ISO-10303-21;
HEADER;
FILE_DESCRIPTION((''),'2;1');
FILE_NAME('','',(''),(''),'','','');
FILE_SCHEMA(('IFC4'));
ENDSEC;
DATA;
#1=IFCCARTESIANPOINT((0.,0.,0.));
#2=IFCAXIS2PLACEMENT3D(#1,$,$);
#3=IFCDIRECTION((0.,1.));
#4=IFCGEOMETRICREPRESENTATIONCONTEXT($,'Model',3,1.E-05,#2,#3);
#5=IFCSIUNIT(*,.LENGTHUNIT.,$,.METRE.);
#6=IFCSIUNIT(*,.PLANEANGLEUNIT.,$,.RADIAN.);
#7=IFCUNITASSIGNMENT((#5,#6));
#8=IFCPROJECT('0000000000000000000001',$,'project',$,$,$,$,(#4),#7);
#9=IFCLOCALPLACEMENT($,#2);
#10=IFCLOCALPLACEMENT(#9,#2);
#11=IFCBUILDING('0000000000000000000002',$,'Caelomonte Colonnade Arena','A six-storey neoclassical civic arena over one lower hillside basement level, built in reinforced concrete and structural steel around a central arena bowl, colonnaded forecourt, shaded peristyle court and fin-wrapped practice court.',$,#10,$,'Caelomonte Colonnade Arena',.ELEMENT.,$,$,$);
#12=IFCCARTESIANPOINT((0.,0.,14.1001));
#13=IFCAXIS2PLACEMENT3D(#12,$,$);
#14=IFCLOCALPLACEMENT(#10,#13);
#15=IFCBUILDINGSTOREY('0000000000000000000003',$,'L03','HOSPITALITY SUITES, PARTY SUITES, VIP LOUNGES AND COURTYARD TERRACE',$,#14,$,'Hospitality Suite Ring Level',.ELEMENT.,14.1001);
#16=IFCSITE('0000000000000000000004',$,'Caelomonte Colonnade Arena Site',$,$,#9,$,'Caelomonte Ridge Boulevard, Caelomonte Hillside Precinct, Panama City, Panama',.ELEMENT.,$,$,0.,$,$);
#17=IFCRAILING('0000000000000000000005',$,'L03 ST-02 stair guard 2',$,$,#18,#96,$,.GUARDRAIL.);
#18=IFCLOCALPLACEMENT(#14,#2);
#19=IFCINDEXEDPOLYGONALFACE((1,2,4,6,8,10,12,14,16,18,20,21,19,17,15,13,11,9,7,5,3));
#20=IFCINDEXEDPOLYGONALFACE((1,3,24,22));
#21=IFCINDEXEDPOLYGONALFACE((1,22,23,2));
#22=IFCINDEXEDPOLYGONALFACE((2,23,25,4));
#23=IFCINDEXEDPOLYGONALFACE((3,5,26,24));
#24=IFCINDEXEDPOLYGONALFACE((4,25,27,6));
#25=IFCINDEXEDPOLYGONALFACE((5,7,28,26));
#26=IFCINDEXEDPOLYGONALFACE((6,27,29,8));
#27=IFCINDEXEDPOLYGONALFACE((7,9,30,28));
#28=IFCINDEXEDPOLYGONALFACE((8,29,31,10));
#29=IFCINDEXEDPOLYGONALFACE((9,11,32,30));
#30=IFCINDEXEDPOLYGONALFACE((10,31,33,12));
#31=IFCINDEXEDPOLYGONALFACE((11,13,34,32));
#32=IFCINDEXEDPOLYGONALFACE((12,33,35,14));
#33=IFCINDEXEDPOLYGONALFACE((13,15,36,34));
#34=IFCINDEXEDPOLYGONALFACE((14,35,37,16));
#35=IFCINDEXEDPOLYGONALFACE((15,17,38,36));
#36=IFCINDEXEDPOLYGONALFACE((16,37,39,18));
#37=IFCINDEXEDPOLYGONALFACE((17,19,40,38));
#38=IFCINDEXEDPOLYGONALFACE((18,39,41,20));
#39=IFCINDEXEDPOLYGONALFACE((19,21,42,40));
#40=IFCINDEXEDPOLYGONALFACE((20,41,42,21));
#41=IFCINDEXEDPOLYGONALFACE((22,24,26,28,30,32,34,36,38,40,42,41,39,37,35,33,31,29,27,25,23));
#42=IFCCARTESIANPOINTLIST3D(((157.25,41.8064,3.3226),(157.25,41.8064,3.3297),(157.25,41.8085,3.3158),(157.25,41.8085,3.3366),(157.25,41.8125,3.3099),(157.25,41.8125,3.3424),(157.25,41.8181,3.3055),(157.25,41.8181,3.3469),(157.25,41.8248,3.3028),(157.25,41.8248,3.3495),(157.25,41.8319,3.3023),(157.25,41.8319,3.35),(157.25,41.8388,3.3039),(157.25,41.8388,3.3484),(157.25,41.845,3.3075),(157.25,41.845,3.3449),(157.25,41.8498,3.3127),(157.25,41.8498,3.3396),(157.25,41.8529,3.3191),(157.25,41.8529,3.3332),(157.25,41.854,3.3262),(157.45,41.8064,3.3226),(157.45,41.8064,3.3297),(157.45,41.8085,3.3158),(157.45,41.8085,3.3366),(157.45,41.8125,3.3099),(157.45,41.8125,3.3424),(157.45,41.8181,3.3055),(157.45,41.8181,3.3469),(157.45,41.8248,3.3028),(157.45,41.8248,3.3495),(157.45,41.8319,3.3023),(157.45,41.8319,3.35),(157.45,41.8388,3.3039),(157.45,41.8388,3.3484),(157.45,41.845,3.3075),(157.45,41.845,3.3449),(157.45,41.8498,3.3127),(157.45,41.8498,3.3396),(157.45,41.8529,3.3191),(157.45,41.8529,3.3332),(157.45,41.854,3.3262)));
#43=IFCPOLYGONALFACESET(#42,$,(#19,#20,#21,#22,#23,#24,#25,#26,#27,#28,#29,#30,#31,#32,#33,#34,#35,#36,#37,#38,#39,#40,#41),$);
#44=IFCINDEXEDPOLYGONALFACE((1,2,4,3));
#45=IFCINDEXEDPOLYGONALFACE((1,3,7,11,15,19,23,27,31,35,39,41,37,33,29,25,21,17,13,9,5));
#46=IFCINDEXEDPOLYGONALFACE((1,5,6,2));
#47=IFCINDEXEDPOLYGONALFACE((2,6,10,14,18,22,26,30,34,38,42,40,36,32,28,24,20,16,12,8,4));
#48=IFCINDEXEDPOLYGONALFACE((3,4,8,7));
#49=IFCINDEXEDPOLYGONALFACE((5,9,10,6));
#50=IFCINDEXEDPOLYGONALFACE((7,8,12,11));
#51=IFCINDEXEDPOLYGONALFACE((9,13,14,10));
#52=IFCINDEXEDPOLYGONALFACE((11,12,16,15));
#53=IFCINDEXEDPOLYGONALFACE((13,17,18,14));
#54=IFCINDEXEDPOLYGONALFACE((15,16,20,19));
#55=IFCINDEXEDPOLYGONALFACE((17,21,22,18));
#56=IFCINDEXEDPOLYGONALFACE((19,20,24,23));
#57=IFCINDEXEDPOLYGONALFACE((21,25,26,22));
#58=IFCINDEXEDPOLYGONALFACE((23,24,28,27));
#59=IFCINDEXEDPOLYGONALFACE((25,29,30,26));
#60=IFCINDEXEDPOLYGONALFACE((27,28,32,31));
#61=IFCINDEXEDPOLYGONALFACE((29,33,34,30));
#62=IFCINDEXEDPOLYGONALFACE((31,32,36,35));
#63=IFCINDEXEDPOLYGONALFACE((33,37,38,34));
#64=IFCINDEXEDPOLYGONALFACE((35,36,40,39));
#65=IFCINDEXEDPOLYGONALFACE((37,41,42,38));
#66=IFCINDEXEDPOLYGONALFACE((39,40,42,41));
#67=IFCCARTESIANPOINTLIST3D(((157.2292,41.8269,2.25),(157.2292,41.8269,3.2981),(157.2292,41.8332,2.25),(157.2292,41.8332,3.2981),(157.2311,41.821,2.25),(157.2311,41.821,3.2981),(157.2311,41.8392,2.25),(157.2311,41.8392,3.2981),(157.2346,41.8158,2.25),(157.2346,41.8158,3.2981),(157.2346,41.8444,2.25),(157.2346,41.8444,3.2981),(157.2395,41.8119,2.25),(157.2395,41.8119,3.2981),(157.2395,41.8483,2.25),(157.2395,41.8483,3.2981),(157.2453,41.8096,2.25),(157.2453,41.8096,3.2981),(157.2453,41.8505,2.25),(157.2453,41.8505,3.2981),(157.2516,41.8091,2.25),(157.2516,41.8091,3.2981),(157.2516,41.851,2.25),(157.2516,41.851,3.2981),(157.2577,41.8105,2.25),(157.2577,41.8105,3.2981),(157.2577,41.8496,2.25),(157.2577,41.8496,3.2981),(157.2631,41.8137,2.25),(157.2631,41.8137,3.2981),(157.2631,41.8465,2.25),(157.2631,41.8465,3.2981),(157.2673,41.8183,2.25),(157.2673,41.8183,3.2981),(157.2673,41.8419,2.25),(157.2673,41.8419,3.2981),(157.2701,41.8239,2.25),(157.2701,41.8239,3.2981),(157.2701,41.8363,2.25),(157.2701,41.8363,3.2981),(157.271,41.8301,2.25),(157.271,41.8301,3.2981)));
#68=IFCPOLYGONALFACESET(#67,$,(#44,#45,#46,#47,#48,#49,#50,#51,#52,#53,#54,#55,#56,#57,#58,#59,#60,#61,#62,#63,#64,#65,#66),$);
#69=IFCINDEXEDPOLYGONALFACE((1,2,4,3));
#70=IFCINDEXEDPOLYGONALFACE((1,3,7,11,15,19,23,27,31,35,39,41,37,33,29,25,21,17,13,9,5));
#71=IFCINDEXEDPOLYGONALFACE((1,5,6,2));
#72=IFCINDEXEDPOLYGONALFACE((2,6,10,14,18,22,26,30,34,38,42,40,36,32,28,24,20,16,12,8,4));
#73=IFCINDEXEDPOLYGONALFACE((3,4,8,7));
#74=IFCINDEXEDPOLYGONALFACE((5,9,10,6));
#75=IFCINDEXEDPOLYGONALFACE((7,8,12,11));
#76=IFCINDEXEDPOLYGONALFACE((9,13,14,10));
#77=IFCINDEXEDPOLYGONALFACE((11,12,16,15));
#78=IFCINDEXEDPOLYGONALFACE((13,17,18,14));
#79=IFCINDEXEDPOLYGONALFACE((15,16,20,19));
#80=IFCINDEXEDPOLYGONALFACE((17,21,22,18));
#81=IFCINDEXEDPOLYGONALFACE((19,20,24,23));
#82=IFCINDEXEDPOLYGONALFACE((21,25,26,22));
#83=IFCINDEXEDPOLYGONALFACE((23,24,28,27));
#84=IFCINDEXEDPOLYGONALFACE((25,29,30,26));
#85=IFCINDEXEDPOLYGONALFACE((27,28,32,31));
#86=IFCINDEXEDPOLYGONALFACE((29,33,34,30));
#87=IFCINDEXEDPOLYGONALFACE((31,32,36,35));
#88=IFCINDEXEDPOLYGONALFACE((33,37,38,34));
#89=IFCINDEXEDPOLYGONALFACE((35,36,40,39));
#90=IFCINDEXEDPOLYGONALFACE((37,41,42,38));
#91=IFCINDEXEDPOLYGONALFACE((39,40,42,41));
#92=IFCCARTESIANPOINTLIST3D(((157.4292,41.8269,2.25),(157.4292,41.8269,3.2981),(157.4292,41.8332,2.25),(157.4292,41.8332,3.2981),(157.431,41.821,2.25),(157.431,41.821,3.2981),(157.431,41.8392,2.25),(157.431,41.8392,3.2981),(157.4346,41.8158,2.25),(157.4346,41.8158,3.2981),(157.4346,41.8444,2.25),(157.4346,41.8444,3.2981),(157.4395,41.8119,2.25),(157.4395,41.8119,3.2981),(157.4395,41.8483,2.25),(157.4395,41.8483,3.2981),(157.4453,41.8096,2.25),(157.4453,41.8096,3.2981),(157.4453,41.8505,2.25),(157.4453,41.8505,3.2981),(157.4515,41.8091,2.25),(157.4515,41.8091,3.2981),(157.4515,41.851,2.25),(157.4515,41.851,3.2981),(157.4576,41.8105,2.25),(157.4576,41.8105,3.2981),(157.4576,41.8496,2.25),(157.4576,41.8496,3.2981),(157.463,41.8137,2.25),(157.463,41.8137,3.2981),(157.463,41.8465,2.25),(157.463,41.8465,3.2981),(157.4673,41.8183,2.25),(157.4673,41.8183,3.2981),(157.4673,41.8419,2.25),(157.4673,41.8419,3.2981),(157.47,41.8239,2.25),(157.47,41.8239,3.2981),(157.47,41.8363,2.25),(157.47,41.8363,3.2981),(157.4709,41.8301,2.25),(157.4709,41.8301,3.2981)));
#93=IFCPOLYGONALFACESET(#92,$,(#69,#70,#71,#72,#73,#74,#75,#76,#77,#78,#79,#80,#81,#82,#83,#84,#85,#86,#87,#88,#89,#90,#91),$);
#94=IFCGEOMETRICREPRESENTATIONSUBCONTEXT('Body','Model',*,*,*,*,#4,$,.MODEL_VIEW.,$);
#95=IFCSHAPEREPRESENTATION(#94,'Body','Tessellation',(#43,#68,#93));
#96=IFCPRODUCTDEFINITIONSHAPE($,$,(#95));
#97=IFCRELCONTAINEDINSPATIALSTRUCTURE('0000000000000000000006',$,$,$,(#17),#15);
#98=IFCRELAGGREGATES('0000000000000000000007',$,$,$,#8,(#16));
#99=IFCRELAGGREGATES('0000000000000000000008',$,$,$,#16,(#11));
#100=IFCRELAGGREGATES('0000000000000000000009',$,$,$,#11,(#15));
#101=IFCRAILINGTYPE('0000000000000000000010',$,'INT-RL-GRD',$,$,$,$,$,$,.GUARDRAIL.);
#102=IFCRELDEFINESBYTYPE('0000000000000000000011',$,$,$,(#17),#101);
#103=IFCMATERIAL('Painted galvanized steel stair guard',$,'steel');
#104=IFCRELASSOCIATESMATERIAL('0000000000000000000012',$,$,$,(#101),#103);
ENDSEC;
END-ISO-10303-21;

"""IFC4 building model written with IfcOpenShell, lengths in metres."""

from ifc_helpers import new_model, si_unit, direction, frame, origin, origin_2d, place, context, subcontext, project, spatial, circle, extrude, material, type_object, element, save


model = new_model("IFC4")

# Units and contexts
model_context = context("Model", 3, precision=1e-05, world=origin(), true_north=direction((0.0, 1.0)))
body_context = subcontext(model_context, "Body", "Model", "MODEL_VIEW")
ifc_project = project(units=[si_unit("LENGTHUNIT", "METRE"), si_unit("PLANEANGLEUNIT", "RADIAN")], contexts=[model_context])

# Site, building, storey
site_placement = place(None, origin())
site = spatial("IfcSite", under=ifc_project, at=site_placement, Name="Caelomonte Colonnade Arena Site", LongName="Caelomonte Ridge Boulevard, Caelomonte Hillside Precinct, Panama City, Panama", CompositionType="ELEMENT", RefElevation=0.0)
building_placement = place(site_placement, origin())
building = spatial("IfcBuilding", under=site, at=building_placement, Name="Caelomonte Colonnade Arena", Description="A six-storey neoclassical civic arena over one lower hillside basement level, built in reinforced concrete and structural steel around a central arena bowl, colonnaded forecourt, shaded peristyle court and fin-wrapped practice court.", LongName="Caelomonte Colonnade Arena", CompositionType="ELEMENT")
storey_placement = place(building_placement, frame((0.0, 0.0, 14.1001)))
storey = spatial("IfcBuildingStorey", under=building, at=storey_placement, Name="L03", Description="HOSPITALITY SUITES, PARTY SUITES, VIP LOUNGES AND COURTYARD TERRACE", LongName="Hospitality Suite Ring Level", CompositionType="ELEMENT", Elevation=14.1001)

# Railing
ifc_material_1 = material(Name="Painted galvanized steel stair guard", Category="steel")
railing_type_1 = type_object("IfcRailingType", Name="INT-RL-GRD", PredefinedType="GUARDRAIL", material=ifc_material_1)
railing_1_placement = place(storey_placement, frame((157.25, 41.8301, 2.25)))
element("IfcRailing", 1, at=railing_1_placement, inside=storey, type_object=railing_type_1, Name="L03 ST-02 stair guard 2", PredefinedType="GUARDRAIL", context=body_context, shape_type="SweptSolid", body=[
    extrude(circle(Radius=0.0239, at=origin_2d()), frame((0.0, 0.0, 1.0762), z_axis=(1.0, 0.0, 0.0), x_axis=(0.0, 1.0, 0.0)), (0.0, 0.0, 1.0), 0.2),
    extrude(circle(Radius=0.021, at=origin_2d()), origin(), (0.0, 0.0, 1.0), 1.0481),
    extrude(circle(Radius=0.021, at=origin_2d()), frame((0.2, 0.0, 0.0)), (0.0, 0.0, 1.0), 1.0481),
])

save(model, "model.ifc")
